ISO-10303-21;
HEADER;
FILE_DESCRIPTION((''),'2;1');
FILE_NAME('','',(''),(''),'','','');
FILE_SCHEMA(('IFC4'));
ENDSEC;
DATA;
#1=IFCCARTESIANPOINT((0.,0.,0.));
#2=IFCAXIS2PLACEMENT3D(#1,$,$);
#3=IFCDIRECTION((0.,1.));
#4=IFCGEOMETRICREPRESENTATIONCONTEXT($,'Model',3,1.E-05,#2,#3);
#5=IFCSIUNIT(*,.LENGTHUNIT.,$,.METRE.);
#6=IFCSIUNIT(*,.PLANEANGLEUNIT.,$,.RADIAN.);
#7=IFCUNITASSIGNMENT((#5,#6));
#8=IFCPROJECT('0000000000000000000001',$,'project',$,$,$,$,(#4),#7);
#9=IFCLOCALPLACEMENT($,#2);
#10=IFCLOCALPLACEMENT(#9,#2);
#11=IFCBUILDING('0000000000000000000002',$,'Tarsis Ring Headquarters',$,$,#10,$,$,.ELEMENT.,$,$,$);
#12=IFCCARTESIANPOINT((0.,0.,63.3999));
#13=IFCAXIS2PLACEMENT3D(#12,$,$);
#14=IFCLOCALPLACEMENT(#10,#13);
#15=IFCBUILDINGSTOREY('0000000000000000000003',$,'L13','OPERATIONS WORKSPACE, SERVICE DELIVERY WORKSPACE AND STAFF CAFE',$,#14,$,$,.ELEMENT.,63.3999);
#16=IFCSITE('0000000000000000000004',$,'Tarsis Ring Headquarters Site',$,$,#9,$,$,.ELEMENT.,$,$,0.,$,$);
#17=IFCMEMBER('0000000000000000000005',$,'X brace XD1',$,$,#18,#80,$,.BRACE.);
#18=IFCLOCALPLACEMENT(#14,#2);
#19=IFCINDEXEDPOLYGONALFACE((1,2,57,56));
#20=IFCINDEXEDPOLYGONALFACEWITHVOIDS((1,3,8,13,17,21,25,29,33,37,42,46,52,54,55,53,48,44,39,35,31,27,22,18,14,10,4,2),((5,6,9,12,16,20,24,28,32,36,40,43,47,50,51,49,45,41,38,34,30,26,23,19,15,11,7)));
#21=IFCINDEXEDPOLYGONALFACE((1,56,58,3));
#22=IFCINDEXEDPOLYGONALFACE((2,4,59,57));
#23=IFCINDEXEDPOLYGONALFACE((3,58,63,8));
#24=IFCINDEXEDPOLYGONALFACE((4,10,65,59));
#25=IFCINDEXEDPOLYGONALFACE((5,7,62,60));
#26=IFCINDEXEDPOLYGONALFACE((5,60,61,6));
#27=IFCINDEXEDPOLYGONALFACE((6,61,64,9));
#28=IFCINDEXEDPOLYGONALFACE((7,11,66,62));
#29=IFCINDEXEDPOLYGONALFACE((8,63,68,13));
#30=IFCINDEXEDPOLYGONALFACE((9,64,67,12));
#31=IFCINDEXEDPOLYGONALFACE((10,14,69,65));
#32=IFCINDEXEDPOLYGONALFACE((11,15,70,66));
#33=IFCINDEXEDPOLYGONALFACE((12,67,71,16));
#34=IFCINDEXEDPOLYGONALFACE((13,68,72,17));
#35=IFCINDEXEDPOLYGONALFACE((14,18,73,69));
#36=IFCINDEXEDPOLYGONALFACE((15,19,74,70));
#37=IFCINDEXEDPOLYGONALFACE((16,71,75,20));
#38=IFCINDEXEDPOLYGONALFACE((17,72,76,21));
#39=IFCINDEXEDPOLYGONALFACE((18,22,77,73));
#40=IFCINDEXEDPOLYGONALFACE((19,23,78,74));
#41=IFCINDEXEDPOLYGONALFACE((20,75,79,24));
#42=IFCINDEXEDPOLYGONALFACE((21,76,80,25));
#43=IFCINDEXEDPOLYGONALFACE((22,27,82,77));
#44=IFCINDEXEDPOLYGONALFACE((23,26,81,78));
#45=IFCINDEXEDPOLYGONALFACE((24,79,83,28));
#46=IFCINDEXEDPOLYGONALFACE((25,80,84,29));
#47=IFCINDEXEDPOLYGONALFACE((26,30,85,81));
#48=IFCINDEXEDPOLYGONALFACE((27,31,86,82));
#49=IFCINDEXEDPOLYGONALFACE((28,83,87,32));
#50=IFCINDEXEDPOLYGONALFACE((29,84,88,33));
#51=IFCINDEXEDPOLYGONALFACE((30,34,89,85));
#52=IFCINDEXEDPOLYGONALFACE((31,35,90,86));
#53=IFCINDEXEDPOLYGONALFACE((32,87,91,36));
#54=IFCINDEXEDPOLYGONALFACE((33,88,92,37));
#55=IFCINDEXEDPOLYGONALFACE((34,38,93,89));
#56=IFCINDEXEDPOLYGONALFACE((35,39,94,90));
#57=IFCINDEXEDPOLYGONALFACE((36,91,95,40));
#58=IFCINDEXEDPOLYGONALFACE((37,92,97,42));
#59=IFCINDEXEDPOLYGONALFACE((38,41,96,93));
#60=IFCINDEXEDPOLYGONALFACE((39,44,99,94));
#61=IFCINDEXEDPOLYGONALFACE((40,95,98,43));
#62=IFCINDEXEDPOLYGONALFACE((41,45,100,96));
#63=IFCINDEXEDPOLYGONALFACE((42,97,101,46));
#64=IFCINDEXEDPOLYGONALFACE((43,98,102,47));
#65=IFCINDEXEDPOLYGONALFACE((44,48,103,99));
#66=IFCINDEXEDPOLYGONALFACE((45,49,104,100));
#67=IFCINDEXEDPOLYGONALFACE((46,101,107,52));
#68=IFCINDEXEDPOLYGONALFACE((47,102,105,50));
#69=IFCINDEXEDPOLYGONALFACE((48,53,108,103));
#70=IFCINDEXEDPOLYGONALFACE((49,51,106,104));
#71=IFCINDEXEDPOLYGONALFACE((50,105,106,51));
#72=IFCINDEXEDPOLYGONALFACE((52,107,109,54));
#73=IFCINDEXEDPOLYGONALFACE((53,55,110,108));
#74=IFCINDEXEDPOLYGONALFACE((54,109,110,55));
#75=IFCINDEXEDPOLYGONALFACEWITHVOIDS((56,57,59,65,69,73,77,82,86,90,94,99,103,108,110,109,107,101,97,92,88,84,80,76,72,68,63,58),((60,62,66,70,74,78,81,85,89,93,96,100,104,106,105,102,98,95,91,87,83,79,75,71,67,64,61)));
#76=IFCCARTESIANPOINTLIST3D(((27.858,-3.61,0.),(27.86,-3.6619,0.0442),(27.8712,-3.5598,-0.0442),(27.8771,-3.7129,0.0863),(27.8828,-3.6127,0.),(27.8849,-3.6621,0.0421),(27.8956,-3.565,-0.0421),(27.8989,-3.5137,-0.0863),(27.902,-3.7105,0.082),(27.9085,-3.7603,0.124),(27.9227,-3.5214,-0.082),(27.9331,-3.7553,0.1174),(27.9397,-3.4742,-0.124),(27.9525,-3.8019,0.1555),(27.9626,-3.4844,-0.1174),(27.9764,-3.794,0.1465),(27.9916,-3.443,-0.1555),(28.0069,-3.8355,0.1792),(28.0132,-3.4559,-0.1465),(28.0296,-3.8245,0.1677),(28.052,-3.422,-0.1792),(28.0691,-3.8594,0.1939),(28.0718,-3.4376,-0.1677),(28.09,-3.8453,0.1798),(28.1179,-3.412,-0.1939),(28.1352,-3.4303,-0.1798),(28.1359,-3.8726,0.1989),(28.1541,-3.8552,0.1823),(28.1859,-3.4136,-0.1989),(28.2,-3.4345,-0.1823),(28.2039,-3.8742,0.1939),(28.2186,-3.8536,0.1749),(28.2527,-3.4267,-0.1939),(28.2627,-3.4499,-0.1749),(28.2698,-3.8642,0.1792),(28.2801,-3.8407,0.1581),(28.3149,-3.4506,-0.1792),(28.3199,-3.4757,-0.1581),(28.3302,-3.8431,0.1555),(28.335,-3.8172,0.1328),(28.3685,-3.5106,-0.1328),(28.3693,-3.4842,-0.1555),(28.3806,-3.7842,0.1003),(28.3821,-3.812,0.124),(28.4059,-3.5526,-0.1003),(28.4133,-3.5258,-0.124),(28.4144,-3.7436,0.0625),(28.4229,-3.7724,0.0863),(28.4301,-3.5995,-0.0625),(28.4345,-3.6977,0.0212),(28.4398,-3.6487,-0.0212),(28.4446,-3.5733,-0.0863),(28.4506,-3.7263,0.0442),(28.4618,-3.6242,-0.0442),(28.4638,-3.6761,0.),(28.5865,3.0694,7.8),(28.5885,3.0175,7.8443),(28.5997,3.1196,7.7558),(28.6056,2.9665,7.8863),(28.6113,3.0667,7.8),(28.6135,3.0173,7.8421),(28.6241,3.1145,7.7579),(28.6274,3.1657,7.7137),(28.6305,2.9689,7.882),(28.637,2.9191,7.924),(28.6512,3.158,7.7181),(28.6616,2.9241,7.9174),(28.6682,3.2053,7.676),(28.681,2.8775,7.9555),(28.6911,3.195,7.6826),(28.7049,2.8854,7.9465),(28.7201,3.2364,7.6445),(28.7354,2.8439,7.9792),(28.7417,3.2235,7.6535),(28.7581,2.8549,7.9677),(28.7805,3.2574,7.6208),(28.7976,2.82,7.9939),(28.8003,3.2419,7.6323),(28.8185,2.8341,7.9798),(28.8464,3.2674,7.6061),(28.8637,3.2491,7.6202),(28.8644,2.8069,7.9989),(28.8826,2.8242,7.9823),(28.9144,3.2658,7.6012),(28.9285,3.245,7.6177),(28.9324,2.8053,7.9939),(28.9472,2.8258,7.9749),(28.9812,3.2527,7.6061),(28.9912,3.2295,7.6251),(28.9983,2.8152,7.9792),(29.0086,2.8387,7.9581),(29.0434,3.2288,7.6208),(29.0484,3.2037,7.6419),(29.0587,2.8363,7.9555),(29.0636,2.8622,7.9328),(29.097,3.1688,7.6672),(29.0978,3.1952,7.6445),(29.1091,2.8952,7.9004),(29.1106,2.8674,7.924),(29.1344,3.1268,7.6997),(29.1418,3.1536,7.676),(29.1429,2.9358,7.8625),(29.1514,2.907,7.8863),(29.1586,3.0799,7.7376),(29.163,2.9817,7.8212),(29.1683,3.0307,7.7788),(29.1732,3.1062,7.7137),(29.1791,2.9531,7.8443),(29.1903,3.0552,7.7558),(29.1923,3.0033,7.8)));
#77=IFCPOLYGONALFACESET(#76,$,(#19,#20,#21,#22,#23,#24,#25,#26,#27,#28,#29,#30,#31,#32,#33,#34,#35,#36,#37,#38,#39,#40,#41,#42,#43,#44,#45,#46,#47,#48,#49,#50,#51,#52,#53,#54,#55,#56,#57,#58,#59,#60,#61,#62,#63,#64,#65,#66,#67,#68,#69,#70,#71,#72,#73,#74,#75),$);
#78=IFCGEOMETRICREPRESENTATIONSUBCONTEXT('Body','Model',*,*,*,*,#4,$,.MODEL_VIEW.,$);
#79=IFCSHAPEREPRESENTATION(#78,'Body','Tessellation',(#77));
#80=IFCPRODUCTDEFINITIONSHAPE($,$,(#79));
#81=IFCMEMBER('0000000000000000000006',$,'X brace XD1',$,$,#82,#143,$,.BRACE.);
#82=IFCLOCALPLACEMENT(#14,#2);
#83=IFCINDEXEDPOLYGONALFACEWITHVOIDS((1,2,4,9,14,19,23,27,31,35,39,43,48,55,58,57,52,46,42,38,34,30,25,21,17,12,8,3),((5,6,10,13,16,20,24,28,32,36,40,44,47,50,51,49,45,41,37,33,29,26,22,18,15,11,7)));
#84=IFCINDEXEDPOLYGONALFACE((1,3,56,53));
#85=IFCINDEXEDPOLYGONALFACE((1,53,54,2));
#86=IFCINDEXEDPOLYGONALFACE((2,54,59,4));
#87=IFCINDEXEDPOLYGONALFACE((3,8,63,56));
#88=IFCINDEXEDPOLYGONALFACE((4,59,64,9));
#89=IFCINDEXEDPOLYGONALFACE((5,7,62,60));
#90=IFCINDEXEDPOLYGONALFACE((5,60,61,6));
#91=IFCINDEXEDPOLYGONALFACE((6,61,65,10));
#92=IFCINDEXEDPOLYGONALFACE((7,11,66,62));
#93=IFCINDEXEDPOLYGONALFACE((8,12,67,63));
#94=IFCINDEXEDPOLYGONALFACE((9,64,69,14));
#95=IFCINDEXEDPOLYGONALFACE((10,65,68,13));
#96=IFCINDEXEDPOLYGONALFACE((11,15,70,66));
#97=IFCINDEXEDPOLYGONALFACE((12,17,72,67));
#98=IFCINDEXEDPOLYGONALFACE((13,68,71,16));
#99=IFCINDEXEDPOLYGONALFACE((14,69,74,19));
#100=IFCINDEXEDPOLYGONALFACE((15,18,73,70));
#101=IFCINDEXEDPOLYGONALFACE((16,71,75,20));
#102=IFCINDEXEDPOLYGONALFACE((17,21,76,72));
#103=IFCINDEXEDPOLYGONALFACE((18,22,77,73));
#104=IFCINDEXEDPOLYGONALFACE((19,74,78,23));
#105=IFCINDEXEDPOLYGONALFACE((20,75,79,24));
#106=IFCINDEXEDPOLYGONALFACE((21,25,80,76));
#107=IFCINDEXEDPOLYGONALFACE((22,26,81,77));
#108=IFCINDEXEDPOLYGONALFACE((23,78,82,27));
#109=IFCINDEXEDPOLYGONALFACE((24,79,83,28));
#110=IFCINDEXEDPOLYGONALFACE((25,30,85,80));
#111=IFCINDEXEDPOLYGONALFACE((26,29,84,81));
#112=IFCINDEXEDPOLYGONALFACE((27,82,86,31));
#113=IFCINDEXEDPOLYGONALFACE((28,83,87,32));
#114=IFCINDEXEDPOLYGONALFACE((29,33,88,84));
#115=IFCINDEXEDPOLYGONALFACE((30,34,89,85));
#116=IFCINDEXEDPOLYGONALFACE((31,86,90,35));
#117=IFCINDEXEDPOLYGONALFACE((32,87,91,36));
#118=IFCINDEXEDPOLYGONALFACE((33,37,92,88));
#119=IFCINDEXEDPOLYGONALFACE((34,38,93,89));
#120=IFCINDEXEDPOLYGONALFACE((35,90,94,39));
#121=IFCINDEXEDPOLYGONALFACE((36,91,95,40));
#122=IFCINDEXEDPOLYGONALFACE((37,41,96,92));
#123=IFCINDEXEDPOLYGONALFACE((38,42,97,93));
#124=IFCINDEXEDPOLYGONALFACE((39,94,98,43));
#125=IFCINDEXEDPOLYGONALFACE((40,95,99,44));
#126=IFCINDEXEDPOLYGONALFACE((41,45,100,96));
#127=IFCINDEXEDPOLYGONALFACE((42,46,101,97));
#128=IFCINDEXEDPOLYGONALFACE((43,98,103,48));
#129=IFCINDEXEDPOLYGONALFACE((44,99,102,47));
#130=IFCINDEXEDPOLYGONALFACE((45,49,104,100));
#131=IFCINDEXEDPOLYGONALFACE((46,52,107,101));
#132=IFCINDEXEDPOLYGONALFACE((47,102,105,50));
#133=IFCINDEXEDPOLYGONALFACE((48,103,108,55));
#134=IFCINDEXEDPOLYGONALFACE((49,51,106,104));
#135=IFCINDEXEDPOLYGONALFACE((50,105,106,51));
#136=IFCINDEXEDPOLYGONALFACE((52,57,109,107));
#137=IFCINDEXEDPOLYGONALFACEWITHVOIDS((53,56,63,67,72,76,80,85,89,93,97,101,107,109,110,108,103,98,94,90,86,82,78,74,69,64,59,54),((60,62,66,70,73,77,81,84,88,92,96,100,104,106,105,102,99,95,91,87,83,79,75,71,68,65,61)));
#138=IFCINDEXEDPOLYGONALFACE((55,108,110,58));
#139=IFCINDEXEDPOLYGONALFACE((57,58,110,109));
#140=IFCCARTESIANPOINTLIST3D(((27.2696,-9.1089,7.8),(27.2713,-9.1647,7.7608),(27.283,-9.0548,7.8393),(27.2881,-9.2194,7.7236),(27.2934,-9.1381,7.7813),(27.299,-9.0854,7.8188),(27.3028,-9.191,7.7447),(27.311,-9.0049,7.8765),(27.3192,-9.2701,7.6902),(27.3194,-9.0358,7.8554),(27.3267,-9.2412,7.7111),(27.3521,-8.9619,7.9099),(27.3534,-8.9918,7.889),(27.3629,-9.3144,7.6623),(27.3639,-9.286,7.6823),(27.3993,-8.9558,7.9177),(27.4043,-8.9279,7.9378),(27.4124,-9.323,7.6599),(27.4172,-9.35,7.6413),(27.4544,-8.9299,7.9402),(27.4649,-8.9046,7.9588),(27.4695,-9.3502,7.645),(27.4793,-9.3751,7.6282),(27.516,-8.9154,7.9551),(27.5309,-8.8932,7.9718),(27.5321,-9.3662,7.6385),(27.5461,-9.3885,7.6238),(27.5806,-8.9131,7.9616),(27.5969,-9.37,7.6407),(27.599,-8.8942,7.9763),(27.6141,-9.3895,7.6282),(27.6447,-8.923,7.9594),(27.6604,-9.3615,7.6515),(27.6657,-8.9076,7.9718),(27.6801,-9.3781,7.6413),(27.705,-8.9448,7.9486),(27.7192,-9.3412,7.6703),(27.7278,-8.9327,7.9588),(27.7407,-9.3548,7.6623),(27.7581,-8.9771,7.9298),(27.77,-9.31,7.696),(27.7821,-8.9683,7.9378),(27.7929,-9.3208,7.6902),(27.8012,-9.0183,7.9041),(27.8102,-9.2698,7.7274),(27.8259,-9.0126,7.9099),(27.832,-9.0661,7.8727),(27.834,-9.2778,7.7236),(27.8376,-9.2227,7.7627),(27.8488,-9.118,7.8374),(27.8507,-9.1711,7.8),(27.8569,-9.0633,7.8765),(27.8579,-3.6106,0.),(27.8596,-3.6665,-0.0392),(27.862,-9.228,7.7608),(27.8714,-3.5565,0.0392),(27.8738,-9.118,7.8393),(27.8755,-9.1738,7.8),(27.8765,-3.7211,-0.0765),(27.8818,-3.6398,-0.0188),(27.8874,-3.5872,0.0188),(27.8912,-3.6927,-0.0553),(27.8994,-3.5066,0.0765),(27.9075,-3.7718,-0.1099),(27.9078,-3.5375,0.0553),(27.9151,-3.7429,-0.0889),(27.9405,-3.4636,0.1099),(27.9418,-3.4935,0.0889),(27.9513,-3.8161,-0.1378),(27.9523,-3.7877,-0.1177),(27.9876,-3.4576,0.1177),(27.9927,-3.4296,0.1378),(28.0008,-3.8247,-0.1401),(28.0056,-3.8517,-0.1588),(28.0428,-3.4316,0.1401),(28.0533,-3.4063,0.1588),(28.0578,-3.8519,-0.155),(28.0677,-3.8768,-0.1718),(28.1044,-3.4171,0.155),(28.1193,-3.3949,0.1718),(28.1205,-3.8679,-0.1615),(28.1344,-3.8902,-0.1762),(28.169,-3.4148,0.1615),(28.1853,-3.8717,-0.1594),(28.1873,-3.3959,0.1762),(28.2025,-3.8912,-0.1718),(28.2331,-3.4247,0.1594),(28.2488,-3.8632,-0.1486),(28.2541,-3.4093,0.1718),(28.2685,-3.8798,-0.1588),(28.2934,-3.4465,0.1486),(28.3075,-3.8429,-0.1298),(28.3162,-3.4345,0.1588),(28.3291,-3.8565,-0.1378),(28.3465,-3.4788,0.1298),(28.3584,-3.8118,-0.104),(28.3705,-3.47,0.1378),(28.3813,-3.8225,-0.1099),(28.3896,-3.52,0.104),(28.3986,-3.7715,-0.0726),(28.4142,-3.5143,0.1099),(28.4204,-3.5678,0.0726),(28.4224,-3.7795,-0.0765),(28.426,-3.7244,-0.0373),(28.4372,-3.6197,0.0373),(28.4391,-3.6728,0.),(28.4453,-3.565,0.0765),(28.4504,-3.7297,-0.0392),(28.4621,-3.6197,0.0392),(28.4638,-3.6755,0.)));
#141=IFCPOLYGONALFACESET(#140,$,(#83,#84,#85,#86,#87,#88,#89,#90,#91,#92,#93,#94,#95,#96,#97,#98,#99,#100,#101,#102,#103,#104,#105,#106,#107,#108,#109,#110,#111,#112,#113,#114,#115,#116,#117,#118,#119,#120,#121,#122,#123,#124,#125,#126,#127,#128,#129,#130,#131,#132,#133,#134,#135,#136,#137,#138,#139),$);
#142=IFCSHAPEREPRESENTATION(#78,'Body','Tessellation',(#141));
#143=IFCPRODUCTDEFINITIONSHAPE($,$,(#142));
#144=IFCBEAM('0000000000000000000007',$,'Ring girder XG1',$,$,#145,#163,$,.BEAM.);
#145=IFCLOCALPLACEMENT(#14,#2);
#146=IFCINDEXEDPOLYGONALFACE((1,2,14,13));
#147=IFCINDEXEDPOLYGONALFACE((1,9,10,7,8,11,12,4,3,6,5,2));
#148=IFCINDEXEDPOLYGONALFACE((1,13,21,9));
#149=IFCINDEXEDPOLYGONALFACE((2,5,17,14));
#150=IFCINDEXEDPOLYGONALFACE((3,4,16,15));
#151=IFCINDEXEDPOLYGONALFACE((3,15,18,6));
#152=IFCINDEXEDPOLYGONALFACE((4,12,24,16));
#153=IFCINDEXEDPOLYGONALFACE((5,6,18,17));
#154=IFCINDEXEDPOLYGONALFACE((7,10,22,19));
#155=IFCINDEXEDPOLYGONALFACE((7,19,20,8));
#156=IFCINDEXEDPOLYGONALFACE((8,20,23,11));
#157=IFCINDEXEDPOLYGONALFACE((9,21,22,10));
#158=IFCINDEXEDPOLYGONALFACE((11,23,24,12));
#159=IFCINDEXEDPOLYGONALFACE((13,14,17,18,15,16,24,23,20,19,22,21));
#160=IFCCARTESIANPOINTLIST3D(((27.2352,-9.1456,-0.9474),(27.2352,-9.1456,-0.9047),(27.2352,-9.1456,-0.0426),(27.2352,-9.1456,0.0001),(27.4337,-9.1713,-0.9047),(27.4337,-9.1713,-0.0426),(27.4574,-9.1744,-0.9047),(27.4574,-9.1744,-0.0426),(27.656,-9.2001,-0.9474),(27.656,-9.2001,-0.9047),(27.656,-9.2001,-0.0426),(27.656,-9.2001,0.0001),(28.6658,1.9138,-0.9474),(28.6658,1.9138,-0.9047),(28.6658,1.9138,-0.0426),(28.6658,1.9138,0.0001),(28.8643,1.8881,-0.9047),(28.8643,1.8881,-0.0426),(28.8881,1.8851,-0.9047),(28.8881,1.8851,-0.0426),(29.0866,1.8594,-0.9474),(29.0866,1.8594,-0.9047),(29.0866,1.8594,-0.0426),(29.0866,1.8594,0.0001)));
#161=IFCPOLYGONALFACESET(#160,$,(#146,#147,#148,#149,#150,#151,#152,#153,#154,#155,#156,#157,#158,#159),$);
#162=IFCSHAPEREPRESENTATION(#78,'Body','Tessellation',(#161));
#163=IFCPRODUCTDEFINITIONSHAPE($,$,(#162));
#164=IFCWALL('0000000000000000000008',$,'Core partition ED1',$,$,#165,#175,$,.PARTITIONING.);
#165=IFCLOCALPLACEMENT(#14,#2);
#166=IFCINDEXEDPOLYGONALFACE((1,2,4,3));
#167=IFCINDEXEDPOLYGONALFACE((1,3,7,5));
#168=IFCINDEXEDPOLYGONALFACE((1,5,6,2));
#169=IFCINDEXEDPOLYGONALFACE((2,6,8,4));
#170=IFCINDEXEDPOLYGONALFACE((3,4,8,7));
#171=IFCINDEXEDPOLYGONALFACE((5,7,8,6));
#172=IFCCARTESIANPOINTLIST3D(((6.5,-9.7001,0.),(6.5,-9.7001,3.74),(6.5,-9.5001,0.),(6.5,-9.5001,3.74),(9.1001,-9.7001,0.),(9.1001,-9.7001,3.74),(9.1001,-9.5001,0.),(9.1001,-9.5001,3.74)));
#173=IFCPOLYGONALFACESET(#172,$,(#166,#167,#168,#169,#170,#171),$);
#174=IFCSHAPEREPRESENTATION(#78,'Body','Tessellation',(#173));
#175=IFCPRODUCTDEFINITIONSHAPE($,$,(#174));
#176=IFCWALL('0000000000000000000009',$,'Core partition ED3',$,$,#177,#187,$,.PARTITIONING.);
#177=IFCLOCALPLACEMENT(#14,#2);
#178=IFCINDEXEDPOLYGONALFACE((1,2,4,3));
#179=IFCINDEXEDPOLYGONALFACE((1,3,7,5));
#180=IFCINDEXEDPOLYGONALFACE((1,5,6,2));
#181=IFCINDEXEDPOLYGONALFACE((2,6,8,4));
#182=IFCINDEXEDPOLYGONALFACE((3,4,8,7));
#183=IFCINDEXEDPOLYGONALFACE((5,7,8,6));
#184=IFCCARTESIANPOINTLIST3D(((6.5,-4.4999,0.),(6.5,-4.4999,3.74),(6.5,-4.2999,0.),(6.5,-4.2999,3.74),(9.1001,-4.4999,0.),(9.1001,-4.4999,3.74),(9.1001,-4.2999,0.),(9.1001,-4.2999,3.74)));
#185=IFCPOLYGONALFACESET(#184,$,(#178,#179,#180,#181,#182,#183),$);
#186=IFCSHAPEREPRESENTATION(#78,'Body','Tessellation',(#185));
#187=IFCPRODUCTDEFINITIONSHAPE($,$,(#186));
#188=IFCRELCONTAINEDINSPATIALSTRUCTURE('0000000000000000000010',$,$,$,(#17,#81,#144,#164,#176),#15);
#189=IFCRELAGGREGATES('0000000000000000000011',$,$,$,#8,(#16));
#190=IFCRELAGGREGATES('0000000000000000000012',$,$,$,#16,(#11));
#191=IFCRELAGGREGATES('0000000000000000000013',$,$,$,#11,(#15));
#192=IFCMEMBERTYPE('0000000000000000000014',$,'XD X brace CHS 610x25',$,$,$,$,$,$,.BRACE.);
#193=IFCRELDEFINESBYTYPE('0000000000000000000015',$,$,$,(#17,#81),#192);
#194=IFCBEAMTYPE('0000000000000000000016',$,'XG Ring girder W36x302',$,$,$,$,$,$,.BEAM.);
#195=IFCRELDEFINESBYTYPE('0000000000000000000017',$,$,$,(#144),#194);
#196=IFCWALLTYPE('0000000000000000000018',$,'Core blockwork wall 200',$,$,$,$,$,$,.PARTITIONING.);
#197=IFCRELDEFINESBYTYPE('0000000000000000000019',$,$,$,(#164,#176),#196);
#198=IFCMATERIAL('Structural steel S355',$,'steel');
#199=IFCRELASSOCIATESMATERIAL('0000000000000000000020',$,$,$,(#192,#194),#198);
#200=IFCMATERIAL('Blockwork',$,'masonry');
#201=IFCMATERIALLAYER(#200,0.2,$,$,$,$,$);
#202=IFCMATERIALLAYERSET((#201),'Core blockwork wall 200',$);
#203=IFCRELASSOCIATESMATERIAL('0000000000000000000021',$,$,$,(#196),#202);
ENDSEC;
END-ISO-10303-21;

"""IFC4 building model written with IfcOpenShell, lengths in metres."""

from ifc_helpers import new_model, si_unit, direction, frame, frame_2d, origin, origin_2d, place, context, subcontext, project, spatial, rectangle, hollow_circle, i_section, extrude, material, layer, layer_set, material_profile, profile_set, type_object, element, save


model = new_model("IFC4")

# Units and contexts
model_context = context("Model", 3, precision=1e-05, world=origin(), true_north=direction((0.0, 1.0)))
body_context = subcontext(model_context, "Body", "Model", "MODEL_VIEW")
ifc_project = project(units=[si_unit("LENGTHUNIT", "METRE"), si_unit("PLANEANGLEUNIT", "RADIAN")], contexts=[model_context])

# Site, building, storey
site_placement = place(None, origin())
site = spatial("IfcSite", under=ifc_project, at=site_placement, Name="Tarsis Ring Headquarters Site", CompositionType="ELEMENT", RefElevation=0.0)
building_placement = place(site_placement, origin())
building = spatial("IfcBuilding", under=site, at=building_placement, Name="Tarsis Ring Headquarters", CompositionType="ELEMENT")
storey_placement = place(building_placement, frame((0.0, 0.0, 63.3999)))
storey = spatial("IfcBuildingStorey", under=building, at=storey_placement, Name="L13", Description="OPERATIONS WORKSPACE, SERVICE DELIVERY WORKSPACE AND STAFF CAFE", CompositionType="ELEMENT", Elevation=63.3999)

# Shared definitions
ifc_material_1 = material(Name="Structural steel S355", Category="steel")

# Members
ifc_material_profile_1 = material_profile(ifc_material_1, hollow_circle(Radius=0.3047, WallThickness=0.0249, at=origin_2d()), Name="CHS 610x25")
ifc_profile_set_1 = profile_set([ifc_material_profile_1], Name="Structural steel S355")
member_type = type_object("IfcMemberType", Name="XD X brace CHS 610x25", PredefinedType="BRACE", material=ifc_profile_set_1)
member_1_placement = place(storey_placement, frame((28.1609, -3.6431, 0.0), z_axis=(0.070764, 0.648806, 0.757656), x_axis=(-0.994105, 0.108425, 0.0)))
element("IfcMember", 1, at=member_1_placement, inside=storey, type_object=member_type, Name="X brace XD1", PredefinedType="BRACE", context=body_context, shape_type="SweptSolid", body=[
    extrude(hollow_circle(Radius=0.3047, WallThickness=0.0249, at=origin_2d()), origin(), (0.0, 0.0, 1.0), 10.2949),
])
member_2_placement = place(storey_placement, frame((28.1609, -3.6431, 0.0), z_axis=(-0.061538, -0.575058, 0.815795), x_axis=(0.994323, -0.106404, 0.0)))
element("IfcMember", 2, at=member_2_placement, inside=storey, type_object=member_type, Name="X brace XD1", PredefinedType="BRACE", context=body_context, shape_type="SweptSolid", body=[
    extrude(hollow_circle(Radius=0.3047, WallThickness=0.0249, at=origin_2d()), origin(), (0.0, 0.0, 1.0), 9.5613),
])

# Beam
ifc_material_profile_2 = material_profile(ifc_material_1, i_section(OverallWidth=0.4243, OverallDepth=0.9475, WebThickness=0.0239, FlangeThickness=0.0427, at=origin_2d()), Name="W36x302")
ifc_profile_set_2 = profile_set([ifc_material_profile_2], Name="Structural steel S355")
beam_type_1 = type_object("IfcBeamType", Name="XG Ring girder W36x302", PredefinedType="BEAM", material=ifc_profile_set_2)
beam_1_placement = place(storey_placement, frame((27.4456, -9.1729, -0.4736), z_axis=(0.128291, 0.991737, 0.0), x_axis=(-0.991737, 0.128291, 0.0)))
element("IfcBeam", 3, at=beam_1_placement, inside=storey, type_object=beam_type_1, Name="Ring girder XG1", PredefinedType="BEAM", context=body_context, shape_type="SweptSolid", body=[
    extrude(i_section(OverallWidth=0.4243, OverallDepth=0.9475, WebThickness=0.0239, FlangeThickness=0.0427, at=origin_2d()), origin(), (0.0, 0.0, 1.0), 11.1516),
])

# Walls
ifc_material_2 = material(Name="Blockwork", Category="masonry")
ifc_layer_1 = layer(ifc_material_2, 0.2)
ifc_layer_set_1 = layer_set([ifc_layer_1], Name="Core blockwork wall 200")
wall_type_1 = type_object("IfcWallType", Name="Core blockwork wall 200", PredefinedType="PARTITIONING", material=ifc_layer_set_1)
for number, where, z_axis, x_axis, name in (
    (4, (6.5, -9.6001, 0.0), (0.0, 0.0, 1.0), (1.0, 0.0, 0.0), "Core partition ED1"),
    (5, (6.5, -4.3999, 0.0), (0.0, 0.0, 1.0), (1.0, 0.0, 0.0), "Core partition ED3"),
):
    element("IfcWall", number, at=place(storey_placement, frame(where, z_axis=z_axis, x_axis=x_axis)), inside=storey, type_object=wall_type_1, Name=name, PredefinedType="PARTITIONING", context=body_context, shape_type="SweptSolid", body=[
        extrude(rectangle(XDim=2.6001, YDim=0.2, at=frame_2d((1.3, 0.0))), origin(), (0.0, 0.0, 1.0), 3.74),
    ])

save(model, "model.ifc")
